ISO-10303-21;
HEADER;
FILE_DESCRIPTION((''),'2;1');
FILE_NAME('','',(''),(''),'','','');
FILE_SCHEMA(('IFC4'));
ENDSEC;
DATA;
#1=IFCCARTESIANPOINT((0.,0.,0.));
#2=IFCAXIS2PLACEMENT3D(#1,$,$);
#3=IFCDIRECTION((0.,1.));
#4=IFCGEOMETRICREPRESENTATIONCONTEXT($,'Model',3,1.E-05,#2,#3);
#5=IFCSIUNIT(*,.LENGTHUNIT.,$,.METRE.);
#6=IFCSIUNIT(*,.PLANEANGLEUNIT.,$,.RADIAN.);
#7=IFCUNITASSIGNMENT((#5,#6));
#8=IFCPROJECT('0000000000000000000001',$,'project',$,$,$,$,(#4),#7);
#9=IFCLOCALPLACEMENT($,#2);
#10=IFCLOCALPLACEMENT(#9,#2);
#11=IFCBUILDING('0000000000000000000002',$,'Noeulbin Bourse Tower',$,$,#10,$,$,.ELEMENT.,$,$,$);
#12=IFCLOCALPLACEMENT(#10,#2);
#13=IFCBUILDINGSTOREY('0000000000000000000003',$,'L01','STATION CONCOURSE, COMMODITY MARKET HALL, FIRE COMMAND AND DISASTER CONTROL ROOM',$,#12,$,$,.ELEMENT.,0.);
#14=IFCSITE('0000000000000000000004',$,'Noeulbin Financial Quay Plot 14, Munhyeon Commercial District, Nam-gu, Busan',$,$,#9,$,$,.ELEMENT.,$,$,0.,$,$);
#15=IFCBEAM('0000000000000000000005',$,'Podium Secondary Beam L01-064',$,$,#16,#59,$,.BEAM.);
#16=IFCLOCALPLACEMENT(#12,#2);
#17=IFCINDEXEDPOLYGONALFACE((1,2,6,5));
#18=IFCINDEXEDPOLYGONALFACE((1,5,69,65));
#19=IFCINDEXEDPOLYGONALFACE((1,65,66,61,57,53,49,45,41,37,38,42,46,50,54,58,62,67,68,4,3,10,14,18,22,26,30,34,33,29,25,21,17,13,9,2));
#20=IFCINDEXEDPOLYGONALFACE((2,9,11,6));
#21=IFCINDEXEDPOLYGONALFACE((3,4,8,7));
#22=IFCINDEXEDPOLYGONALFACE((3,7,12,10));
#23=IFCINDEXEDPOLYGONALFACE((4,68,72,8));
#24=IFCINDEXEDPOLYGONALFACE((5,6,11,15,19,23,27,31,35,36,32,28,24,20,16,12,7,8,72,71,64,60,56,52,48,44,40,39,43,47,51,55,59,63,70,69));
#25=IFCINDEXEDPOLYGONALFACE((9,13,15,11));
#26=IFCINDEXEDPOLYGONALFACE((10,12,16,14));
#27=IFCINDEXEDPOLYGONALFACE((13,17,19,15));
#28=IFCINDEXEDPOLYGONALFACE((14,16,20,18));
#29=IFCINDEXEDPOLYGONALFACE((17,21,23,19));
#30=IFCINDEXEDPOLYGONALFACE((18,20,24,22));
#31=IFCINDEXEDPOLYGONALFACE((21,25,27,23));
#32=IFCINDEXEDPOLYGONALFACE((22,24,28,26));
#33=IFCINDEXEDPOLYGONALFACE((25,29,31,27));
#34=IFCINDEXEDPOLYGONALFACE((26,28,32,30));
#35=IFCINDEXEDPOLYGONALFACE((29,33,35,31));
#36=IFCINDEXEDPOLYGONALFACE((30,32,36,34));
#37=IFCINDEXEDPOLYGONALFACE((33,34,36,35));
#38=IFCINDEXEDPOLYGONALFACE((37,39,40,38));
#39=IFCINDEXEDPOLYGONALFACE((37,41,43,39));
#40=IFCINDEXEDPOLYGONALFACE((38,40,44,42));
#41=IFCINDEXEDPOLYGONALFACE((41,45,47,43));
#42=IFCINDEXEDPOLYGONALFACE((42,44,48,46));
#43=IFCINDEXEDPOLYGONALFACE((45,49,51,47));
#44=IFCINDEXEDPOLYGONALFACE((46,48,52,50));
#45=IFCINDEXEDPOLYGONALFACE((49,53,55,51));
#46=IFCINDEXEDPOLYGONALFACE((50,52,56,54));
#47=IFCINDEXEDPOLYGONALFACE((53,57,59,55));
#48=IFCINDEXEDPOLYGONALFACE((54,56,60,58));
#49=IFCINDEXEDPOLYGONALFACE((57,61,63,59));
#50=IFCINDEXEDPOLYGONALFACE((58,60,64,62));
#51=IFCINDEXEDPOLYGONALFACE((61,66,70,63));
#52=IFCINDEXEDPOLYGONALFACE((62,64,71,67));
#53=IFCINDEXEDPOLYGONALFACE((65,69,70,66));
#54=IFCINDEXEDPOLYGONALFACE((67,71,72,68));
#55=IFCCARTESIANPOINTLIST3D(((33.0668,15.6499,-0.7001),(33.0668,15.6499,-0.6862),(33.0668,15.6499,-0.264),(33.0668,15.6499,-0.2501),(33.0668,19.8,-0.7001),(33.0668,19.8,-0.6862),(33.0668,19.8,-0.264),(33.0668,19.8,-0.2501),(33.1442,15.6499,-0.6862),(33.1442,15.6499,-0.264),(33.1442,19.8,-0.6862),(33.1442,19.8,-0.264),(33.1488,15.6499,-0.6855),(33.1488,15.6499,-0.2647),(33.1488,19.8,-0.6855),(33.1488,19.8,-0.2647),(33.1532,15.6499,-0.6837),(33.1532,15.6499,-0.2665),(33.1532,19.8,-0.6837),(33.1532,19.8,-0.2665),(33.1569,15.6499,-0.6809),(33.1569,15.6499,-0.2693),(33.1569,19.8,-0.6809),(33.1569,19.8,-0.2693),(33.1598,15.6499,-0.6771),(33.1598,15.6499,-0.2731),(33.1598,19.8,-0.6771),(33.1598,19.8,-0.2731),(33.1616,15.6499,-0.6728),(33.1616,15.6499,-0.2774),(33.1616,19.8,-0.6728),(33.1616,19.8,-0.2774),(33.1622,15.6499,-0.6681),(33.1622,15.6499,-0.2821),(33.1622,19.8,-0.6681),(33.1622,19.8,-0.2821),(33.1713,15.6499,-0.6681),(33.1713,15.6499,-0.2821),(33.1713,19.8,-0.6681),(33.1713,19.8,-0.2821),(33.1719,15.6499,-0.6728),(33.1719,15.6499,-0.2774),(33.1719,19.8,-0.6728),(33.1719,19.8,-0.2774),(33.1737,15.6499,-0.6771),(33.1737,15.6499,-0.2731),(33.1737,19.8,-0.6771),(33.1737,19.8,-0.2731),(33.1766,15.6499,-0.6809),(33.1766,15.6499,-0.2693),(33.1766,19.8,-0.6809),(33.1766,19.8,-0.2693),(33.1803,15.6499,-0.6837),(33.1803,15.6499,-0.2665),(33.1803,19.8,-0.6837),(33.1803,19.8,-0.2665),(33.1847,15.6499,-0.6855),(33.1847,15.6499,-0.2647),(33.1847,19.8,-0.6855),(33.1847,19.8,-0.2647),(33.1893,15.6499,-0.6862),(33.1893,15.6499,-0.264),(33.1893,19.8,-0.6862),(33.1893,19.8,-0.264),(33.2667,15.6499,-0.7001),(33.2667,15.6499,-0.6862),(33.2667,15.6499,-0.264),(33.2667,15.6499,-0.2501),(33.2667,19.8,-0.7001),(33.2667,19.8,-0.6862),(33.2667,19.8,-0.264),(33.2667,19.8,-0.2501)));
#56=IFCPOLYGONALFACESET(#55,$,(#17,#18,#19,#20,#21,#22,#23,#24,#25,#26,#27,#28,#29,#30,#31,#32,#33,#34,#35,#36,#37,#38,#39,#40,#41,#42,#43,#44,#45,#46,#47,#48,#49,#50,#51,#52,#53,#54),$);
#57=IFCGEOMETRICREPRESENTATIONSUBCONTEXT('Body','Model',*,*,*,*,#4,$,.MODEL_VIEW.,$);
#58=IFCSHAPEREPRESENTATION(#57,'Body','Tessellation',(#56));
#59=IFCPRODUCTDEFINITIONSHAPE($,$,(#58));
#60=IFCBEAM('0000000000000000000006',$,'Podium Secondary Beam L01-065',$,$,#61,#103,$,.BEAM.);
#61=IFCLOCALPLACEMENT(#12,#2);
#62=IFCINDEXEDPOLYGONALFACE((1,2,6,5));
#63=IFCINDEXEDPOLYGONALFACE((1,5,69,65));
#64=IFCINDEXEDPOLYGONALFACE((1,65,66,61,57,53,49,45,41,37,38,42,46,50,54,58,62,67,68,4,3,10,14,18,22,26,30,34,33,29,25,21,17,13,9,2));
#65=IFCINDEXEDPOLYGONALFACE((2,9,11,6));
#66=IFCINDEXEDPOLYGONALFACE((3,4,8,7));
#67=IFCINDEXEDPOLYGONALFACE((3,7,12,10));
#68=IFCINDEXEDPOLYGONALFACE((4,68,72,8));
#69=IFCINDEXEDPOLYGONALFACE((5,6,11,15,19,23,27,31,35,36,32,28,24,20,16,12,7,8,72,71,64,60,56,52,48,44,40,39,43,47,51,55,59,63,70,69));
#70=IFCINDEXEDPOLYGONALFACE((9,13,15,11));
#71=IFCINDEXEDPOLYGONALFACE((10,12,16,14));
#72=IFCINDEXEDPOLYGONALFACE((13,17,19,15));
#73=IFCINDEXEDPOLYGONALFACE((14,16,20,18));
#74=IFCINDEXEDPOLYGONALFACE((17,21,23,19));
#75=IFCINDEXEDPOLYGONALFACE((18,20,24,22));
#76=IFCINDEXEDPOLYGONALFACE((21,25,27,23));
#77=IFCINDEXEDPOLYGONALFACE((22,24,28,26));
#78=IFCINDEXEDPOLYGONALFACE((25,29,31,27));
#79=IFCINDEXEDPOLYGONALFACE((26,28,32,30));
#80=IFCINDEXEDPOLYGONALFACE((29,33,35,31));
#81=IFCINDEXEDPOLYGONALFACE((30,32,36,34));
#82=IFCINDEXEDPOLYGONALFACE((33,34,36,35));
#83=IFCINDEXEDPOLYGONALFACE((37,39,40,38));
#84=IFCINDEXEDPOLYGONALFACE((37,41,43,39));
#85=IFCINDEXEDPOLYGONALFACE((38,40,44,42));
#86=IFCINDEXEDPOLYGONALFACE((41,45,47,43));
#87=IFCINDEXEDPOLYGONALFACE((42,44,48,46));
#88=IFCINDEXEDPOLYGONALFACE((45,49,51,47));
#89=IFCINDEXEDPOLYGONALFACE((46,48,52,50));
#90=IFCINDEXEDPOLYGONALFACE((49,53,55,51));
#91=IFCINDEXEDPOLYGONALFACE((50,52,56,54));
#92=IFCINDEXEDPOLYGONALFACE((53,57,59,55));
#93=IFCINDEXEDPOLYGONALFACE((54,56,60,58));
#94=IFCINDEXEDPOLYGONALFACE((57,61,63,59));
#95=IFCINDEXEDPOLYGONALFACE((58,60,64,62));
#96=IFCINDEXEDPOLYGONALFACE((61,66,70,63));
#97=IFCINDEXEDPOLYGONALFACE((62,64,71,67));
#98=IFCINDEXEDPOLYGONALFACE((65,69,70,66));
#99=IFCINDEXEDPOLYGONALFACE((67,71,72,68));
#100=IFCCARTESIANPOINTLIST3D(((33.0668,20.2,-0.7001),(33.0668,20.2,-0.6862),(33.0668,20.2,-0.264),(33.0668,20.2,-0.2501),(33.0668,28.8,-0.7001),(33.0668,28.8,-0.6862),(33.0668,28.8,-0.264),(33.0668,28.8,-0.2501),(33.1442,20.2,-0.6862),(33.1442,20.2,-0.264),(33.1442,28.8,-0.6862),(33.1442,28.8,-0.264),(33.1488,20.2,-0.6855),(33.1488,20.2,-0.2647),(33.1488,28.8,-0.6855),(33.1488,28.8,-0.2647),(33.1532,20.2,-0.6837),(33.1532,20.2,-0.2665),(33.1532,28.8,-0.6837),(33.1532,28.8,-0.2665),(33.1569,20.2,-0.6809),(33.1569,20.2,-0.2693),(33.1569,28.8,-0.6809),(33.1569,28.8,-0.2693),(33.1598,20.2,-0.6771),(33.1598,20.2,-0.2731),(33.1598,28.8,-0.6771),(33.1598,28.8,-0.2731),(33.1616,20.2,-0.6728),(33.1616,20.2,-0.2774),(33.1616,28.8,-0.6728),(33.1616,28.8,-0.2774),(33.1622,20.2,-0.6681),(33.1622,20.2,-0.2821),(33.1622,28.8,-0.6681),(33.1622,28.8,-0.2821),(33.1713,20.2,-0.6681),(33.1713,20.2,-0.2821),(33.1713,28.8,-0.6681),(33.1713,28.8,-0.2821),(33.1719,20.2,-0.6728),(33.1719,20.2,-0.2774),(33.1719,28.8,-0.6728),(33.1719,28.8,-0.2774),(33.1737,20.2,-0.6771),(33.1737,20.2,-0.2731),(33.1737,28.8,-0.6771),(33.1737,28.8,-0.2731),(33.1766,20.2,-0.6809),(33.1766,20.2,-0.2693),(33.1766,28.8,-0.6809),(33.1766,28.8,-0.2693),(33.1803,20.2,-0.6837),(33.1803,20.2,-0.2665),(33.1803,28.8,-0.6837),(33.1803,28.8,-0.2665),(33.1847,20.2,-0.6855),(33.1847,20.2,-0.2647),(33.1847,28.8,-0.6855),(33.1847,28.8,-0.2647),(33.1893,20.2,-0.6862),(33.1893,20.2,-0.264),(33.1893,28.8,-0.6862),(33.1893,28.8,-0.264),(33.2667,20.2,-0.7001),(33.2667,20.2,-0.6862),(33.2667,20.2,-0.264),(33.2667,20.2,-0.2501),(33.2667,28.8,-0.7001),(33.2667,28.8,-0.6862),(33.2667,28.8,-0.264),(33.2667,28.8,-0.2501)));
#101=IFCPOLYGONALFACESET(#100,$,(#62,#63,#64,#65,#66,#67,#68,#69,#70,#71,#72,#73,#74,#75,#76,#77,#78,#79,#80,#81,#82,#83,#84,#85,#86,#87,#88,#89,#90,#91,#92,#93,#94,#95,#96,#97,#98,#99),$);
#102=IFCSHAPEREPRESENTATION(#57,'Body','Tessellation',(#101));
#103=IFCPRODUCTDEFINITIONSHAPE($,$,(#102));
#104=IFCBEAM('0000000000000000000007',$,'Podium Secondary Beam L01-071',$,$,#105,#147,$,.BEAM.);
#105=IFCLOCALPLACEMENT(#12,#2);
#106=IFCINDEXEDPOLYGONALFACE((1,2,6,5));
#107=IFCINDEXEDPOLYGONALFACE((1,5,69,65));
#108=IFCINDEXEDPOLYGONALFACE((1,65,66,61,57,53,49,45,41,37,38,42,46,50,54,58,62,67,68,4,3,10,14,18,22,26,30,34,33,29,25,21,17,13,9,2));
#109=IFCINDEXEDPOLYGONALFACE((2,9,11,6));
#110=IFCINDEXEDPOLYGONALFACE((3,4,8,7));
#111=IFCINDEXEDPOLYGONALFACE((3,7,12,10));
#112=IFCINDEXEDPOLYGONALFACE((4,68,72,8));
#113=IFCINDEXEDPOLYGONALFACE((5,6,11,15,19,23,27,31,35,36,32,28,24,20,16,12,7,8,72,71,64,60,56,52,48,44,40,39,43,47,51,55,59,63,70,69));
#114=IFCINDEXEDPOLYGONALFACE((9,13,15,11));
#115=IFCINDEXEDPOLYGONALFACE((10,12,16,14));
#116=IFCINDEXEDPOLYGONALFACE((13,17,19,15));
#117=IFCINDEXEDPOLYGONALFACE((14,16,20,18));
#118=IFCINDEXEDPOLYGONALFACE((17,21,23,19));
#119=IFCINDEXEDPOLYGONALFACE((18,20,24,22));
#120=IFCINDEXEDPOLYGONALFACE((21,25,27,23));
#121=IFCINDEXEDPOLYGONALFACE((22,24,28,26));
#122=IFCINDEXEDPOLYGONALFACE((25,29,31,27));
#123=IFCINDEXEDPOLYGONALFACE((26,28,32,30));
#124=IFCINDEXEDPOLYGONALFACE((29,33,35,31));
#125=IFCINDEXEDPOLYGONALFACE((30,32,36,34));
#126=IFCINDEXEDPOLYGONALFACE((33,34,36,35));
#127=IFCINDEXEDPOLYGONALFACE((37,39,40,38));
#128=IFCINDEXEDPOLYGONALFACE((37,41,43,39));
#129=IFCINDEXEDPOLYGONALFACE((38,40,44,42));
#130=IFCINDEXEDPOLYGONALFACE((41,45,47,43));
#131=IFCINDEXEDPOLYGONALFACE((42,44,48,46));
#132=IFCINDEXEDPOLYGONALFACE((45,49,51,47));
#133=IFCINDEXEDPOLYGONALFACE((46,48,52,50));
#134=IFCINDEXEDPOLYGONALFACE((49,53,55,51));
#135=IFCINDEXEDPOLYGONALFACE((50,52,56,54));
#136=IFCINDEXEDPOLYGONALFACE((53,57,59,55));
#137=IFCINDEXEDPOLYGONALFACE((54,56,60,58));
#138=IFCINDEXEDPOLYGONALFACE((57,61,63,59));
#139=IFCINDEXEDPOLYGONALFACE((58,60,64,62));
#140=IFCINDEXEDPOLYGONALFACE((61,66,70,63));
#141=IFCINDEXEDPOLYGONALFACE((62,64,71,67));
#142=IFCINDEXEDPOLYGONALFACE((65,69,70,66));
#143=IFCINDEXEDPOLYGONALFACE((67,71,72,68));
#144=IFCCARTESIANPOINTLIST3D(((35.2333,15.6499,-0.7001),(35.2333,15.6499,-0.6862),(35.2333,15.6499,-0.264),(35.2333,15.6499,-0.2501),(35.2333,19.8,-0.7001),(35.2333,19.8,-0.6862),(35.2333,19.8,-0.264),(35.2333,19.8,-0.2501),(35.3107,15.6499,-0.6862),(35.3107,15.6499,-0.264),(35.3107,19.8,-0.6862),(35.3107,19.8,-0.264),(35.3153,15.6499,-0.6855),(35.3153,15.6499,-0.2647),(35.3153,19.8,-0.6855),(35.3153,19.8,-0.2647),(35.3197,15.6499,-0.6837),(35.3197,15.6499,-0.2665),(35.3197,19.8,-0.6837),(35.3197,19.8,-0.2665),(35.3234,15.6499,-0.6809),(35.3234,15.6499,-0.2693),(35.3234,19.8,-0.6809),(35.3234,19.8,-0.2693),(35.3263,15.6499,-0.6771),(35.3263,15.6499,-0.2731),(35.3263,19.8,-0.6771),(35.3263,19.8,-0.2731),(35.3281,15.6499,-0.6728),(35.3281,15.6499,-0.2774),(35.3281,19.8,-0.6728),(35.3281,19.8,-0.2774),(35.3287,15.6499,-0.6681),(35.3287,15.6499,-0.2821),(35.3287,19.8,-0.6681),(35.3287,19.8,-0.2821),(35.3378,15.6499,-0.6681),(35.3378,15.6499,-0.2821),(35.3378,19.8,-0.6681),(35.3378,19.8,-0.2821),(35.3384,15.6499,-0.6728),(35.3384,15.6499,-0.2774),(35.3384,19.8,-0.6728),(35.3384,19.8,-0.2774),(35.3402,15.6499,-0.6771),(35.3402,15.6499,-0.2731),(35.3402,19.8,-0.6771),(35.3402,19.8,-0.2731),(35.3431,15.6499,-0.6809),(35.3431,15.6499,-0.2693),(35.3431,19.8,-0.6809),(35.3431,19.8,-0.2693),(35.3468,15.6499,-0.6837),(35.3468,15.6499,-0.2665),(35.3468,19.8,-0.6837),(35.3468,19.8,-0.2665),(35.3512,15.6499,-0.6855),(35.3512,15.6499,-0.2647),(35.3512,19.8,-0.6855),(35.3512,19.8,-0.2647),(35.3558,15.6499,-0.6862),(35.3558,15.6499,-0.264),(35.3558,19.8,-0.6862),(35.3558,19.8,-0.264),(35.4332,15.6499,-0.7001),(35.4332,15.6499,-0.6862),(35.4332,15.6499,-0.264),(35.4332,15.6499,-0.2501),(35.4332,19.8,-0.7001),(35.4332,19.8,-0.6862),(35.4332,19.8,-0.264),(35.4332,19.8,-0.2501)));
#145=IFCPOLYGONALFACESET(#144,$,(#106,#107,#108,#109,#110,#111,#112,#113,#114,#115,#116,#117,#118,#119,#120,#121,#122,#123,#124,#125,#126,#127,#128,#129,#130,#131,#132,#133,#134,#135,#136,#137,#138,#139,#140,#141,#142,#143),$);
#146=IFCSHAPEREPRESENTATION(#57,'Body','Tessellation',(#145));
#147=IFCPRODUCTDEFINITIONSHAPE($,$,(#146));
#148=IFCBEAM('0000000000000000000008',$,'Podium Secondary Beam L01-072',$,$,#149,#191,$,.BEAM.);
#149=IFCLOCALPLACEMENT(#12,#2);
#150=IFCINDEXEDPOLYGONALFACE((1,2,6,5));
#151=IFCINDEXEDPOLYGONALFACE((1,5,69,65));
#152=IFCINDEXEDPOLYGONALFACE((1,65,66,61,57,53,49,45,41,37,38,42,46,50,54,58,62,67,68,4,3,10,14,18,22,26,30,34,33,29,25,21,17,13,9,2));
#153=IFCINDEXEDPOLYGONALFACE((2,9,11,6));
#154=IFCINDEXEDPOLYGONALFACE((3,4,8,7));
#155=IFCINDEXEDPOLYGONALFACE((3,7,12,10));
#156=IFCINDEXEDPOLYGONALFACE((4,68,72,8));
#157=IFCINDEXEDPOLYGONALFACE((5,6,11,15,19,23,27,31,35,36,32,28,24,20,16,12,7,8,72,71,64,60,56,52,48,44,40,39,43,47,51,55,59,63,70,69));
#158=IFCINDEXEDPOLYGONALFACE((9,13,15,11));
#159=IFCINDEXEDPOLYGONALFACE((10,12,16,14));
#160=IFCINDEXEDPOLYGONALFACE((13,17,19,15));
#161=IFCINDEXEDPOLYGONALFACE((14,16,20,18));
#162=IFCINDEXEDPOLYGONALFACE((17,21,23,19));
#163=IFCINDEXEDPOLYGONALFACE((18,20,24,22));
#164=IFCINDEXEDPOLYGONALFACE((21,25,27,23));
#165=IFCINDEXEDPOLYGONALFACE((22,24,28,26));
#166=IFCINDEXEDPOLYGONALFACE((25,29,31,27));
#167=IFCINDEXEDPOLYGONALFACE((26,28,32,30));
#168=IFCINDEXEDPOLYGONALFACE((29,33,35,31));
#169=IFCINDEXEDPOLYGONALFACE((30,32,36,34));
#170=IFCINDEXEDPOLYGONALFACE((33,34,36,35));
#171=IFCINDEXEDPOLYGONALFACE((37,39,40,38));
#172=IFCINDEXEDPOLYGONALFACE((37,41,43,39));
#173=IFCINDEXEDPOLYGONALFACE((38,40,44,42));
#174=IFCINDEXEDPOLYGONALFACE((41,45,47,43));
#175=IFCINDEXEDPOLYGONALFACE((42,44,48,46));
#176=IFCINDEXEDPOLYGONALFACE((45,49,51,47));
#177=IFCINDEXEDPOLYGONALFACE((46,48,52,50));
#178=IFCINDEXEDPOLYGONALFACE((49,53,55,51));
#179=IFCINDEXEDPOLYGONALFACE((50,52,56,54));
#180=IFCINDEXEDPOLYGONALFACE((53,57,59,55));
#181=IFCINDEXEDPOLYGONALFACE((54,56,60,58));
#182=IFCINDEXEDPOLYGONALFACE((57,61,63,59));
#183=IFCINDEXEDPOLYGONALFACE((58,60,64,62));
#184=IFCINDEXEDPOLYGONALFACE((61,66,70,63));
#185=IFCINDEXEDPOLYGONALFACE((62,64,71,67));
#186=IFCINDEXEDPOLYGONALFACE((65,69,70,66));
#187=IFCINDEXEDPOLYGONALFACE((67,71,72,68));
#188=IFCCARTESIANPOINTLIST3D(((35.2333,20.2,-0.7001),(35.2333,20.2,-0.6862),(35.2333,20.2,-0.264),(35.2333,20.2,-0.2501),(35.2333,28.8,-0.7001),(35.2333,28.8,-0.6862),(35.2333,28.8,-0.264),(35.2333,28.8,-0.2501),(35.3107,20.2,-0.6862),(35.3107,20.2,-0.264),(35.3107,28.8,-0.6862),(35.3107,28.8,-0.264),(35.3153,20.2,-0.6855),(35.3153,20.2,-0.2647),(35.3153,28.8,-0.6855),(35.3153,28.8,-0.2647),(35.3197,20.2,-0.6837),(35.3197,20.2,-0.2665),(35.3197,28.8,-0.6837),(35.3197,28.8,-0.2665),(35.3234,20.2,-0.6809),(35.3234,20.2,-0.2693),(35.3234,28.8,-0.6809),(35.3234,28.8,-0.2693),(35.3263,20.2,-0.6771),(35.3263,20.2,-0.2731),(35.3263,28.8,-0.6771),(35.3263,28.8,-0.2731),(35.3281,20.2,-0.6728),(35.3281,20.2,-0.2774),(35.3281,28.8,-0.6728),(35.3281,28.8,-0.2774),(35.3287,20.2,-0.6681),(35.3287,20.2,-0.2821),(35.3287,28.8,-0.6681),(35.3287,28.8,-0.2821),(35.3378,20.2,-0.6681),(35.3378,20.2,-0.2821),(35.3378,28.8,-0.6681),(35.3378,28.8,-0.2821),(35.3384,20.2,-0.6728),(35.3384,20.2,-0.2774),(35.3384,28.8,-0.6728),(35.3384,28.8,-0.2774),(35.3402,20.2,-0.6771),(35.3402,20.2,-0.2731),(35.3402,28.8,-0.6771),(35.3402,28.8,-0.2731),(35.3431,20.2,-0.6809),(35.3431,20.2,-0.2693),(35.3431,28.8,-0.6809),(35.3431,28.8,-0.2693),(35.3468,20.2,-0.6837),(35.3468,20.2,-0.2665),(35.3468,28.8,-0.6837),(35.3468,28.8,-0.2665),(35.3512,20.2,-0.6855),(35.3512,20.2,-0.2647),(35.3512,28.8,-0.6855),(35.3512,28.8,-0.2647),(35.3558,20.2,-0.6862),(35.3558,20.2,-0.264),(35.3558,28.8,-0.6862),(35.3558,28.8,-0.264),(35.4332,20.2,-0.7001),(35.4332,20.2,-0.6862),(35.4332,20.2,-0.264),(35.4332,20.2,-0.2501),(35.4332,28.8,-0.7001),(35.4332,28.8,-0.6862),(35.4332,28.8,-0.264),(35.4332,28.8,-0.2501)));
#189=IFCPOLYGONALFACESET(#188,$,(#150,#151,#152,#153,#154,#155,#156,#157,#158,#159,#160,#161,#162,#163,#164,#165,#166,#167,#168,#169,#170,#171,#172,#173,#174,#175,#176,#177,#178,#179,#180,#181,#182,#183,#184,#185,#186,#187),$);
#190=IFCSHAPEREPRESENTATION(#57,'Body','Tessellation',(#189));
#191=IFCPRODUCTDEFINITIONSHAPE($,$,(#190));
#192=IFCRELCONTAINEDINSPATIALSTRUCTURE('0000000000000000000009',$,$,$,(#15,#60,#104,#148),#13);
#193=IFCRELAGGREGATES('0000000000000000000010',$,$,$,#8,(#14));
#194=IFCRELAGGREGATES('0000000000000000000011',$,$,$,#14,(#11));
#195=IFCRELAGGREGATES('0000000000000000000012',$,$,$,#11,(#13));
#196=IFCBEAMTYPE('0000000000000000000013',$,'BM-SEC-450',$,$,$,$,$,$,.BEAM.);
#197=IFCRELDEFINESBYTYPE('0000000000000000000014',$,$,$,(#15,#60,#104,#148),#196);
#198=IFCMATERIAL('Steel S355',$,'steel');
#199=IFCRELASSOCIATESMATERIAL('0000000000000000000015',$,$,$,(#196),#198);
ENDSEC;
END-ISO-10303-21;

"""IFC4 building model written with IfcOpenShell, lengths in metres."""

from ifc_helpers import new_model, si_unit, direction, frame, origin, origin_2d, place, context, subcontext, project, spatial, i_section, extrude, material, material_profile, profile_set, type_object, element, save


model = new_model("IFC4")

# Units and contexts
model_context = context("Model", 3, precision=1e-05, world=origin(), true_north=direction((0.0, 1.0)))
body_context = subcontext(model_context, "Body", "Model", "MODEL_VIEW")
ifc_project = project(units=[si_unit("LENGTHUNIT", "METRE"), si_unit("PLANEANGLEUNIT", "RADIAN")], contexts=[model_context])

# Site, building, storey
site_placement = place(None, origin())
site = spatial("IfcSite", under=ifc_project, at=site_placement, Name="Noeulbin Financial Quay Plot 14, Munhyeon Commercial District, Nam-gu, Busan", CompositionType="ELEMENT", RefElevation=0.0)
building_placement = place(site_placement, origin())
building = spatial("IfcBuilding", under=site, at=building_placement, Name="Noeulbin Bourse Tower", CompositionType="ELEMENT")
storey_placement = place(building_placement, origin())
storey = spatial("IfcBuildingStorey", under=building, at=storey_placement, Name="L01", Description="STATION CONCOURSE, COMMODITY MARKET HALL, FIRE COMMAND AND DISASTER CONTROL ROOM", CompositionType="ELEMENT", Elevation=0.0)

# Beams
ifc_material_1 = material(Name="Steel S355", Category="steel")
ifc_material_profile_1 = material_profile(ifc_material_1, i_section(OverallWidth=0.2, OverallDepth=0.45, WebThickness=0.009, FlangeThickness=0.0139, FilletRadius=0.0181, at=origin_2d()), Name="H-450x200x9x14", Category="LoadBearing")
ifc_profile_set_1 = profile_set([ifc_material_profile_1], Name="Steel S355")
beam_type_1 = type_object("IfcBeamType", Name="BM-SEC-450", PredefinedType="BEAM", material=ifc_profile_set_1)
beam_1_placement = place(storey_placement, frame((33.1667, 15.6499, -0.4751), z_axis=(0.0, 1.0, 0.0), x_axis=(-1.0, 0.0, 0.0)))
element("IfcBeam", 1, at=beam_1_placement, inside=storey, type_object=beam_type_1, Name="Podium Secondary Beam L01-064", PredefinedType="BEAM", context=body_context, shape_type="SweptSolid", body=[
    extrude(i_section(OverallWidth=0.2, OverallDepth=0.45, WebThickness=0.009, FlangeThickness=0.0139, FilletRadius=0.0181, at=origin_2d()), origin(), (0.0, 0.0, 1.0), 4.1501),
])
beam_2_placement = place(storey_placement, frame((33.1667, 20.2, -0.4751), z_axis=(0.0, 1.0, 0.0), x_axis=(-1.0, 0.0, 0.0)))
element("IfcBeam", 2, at=beam_2_placement, inside=storey, type_object=beam_type_1, Name="Podium Secondary Beam L01-065", PredefinedType="BEAM", context=body_context, shape_type="SweptSolid", body=[
    extrude(i_section(OverallWidth=0.2, OverallDepth=0.45, WebThickness=0.009, FlangeThickness=0.0139, FilletRadius=0.0181, at=origin_2d()), origin(), (0.0, 0.0, 1.0), 8.6001),
])
beam_3_placement = place(storey_placement, frame((35.3333, 15.6499, -0.4751), z_axis=(0.0, 1.0, 0.0), x_axis=(-1.0, 0.0, 0.0)))
element("IfcBeam", 3, at=beam_3_placement, inside=storey, type_object=beam_type_1, Name="Podium Secondary Beam L01-071", PredefinedType="BEAM", context=body_context, shape_type="SweptSolid", body=[
    extrude(i_section(OverallWidth=0.2, OverallDepth=0.45, WebThickness=0.009, FlangeThickness=0.0139, FilletRadius=0.0181, at=origin_2d()), origin(), (0.0, 0.0, 1.0), 4.1501),
])
beam_4_placement = place(storey_placement, frame((35.3333, 20.2, -0.4751), z_axis=(0.0, 1.0, 0.0), x_axis=(-1.0, 0.0, 0.0)))
element("IfcBeam", 4, at=beam_4_placement, inside=storey, type_object=beam_type_1, Name="Podium Secondary Beam L01-072", PredefinedType="BEAM", context=body_context, shape_type="SweptSolid", body=[
    extrude(i_section(OverallWidth=0.2, OverallDepth=0.45, WebThickness=0.009, FlangeThickness=0.0139, FilletRadius=0.0181, at=origin_2d()), origin(), (0.0, 0.0, 1.0), 8.6001),
])

save(model, "model.ifc")
